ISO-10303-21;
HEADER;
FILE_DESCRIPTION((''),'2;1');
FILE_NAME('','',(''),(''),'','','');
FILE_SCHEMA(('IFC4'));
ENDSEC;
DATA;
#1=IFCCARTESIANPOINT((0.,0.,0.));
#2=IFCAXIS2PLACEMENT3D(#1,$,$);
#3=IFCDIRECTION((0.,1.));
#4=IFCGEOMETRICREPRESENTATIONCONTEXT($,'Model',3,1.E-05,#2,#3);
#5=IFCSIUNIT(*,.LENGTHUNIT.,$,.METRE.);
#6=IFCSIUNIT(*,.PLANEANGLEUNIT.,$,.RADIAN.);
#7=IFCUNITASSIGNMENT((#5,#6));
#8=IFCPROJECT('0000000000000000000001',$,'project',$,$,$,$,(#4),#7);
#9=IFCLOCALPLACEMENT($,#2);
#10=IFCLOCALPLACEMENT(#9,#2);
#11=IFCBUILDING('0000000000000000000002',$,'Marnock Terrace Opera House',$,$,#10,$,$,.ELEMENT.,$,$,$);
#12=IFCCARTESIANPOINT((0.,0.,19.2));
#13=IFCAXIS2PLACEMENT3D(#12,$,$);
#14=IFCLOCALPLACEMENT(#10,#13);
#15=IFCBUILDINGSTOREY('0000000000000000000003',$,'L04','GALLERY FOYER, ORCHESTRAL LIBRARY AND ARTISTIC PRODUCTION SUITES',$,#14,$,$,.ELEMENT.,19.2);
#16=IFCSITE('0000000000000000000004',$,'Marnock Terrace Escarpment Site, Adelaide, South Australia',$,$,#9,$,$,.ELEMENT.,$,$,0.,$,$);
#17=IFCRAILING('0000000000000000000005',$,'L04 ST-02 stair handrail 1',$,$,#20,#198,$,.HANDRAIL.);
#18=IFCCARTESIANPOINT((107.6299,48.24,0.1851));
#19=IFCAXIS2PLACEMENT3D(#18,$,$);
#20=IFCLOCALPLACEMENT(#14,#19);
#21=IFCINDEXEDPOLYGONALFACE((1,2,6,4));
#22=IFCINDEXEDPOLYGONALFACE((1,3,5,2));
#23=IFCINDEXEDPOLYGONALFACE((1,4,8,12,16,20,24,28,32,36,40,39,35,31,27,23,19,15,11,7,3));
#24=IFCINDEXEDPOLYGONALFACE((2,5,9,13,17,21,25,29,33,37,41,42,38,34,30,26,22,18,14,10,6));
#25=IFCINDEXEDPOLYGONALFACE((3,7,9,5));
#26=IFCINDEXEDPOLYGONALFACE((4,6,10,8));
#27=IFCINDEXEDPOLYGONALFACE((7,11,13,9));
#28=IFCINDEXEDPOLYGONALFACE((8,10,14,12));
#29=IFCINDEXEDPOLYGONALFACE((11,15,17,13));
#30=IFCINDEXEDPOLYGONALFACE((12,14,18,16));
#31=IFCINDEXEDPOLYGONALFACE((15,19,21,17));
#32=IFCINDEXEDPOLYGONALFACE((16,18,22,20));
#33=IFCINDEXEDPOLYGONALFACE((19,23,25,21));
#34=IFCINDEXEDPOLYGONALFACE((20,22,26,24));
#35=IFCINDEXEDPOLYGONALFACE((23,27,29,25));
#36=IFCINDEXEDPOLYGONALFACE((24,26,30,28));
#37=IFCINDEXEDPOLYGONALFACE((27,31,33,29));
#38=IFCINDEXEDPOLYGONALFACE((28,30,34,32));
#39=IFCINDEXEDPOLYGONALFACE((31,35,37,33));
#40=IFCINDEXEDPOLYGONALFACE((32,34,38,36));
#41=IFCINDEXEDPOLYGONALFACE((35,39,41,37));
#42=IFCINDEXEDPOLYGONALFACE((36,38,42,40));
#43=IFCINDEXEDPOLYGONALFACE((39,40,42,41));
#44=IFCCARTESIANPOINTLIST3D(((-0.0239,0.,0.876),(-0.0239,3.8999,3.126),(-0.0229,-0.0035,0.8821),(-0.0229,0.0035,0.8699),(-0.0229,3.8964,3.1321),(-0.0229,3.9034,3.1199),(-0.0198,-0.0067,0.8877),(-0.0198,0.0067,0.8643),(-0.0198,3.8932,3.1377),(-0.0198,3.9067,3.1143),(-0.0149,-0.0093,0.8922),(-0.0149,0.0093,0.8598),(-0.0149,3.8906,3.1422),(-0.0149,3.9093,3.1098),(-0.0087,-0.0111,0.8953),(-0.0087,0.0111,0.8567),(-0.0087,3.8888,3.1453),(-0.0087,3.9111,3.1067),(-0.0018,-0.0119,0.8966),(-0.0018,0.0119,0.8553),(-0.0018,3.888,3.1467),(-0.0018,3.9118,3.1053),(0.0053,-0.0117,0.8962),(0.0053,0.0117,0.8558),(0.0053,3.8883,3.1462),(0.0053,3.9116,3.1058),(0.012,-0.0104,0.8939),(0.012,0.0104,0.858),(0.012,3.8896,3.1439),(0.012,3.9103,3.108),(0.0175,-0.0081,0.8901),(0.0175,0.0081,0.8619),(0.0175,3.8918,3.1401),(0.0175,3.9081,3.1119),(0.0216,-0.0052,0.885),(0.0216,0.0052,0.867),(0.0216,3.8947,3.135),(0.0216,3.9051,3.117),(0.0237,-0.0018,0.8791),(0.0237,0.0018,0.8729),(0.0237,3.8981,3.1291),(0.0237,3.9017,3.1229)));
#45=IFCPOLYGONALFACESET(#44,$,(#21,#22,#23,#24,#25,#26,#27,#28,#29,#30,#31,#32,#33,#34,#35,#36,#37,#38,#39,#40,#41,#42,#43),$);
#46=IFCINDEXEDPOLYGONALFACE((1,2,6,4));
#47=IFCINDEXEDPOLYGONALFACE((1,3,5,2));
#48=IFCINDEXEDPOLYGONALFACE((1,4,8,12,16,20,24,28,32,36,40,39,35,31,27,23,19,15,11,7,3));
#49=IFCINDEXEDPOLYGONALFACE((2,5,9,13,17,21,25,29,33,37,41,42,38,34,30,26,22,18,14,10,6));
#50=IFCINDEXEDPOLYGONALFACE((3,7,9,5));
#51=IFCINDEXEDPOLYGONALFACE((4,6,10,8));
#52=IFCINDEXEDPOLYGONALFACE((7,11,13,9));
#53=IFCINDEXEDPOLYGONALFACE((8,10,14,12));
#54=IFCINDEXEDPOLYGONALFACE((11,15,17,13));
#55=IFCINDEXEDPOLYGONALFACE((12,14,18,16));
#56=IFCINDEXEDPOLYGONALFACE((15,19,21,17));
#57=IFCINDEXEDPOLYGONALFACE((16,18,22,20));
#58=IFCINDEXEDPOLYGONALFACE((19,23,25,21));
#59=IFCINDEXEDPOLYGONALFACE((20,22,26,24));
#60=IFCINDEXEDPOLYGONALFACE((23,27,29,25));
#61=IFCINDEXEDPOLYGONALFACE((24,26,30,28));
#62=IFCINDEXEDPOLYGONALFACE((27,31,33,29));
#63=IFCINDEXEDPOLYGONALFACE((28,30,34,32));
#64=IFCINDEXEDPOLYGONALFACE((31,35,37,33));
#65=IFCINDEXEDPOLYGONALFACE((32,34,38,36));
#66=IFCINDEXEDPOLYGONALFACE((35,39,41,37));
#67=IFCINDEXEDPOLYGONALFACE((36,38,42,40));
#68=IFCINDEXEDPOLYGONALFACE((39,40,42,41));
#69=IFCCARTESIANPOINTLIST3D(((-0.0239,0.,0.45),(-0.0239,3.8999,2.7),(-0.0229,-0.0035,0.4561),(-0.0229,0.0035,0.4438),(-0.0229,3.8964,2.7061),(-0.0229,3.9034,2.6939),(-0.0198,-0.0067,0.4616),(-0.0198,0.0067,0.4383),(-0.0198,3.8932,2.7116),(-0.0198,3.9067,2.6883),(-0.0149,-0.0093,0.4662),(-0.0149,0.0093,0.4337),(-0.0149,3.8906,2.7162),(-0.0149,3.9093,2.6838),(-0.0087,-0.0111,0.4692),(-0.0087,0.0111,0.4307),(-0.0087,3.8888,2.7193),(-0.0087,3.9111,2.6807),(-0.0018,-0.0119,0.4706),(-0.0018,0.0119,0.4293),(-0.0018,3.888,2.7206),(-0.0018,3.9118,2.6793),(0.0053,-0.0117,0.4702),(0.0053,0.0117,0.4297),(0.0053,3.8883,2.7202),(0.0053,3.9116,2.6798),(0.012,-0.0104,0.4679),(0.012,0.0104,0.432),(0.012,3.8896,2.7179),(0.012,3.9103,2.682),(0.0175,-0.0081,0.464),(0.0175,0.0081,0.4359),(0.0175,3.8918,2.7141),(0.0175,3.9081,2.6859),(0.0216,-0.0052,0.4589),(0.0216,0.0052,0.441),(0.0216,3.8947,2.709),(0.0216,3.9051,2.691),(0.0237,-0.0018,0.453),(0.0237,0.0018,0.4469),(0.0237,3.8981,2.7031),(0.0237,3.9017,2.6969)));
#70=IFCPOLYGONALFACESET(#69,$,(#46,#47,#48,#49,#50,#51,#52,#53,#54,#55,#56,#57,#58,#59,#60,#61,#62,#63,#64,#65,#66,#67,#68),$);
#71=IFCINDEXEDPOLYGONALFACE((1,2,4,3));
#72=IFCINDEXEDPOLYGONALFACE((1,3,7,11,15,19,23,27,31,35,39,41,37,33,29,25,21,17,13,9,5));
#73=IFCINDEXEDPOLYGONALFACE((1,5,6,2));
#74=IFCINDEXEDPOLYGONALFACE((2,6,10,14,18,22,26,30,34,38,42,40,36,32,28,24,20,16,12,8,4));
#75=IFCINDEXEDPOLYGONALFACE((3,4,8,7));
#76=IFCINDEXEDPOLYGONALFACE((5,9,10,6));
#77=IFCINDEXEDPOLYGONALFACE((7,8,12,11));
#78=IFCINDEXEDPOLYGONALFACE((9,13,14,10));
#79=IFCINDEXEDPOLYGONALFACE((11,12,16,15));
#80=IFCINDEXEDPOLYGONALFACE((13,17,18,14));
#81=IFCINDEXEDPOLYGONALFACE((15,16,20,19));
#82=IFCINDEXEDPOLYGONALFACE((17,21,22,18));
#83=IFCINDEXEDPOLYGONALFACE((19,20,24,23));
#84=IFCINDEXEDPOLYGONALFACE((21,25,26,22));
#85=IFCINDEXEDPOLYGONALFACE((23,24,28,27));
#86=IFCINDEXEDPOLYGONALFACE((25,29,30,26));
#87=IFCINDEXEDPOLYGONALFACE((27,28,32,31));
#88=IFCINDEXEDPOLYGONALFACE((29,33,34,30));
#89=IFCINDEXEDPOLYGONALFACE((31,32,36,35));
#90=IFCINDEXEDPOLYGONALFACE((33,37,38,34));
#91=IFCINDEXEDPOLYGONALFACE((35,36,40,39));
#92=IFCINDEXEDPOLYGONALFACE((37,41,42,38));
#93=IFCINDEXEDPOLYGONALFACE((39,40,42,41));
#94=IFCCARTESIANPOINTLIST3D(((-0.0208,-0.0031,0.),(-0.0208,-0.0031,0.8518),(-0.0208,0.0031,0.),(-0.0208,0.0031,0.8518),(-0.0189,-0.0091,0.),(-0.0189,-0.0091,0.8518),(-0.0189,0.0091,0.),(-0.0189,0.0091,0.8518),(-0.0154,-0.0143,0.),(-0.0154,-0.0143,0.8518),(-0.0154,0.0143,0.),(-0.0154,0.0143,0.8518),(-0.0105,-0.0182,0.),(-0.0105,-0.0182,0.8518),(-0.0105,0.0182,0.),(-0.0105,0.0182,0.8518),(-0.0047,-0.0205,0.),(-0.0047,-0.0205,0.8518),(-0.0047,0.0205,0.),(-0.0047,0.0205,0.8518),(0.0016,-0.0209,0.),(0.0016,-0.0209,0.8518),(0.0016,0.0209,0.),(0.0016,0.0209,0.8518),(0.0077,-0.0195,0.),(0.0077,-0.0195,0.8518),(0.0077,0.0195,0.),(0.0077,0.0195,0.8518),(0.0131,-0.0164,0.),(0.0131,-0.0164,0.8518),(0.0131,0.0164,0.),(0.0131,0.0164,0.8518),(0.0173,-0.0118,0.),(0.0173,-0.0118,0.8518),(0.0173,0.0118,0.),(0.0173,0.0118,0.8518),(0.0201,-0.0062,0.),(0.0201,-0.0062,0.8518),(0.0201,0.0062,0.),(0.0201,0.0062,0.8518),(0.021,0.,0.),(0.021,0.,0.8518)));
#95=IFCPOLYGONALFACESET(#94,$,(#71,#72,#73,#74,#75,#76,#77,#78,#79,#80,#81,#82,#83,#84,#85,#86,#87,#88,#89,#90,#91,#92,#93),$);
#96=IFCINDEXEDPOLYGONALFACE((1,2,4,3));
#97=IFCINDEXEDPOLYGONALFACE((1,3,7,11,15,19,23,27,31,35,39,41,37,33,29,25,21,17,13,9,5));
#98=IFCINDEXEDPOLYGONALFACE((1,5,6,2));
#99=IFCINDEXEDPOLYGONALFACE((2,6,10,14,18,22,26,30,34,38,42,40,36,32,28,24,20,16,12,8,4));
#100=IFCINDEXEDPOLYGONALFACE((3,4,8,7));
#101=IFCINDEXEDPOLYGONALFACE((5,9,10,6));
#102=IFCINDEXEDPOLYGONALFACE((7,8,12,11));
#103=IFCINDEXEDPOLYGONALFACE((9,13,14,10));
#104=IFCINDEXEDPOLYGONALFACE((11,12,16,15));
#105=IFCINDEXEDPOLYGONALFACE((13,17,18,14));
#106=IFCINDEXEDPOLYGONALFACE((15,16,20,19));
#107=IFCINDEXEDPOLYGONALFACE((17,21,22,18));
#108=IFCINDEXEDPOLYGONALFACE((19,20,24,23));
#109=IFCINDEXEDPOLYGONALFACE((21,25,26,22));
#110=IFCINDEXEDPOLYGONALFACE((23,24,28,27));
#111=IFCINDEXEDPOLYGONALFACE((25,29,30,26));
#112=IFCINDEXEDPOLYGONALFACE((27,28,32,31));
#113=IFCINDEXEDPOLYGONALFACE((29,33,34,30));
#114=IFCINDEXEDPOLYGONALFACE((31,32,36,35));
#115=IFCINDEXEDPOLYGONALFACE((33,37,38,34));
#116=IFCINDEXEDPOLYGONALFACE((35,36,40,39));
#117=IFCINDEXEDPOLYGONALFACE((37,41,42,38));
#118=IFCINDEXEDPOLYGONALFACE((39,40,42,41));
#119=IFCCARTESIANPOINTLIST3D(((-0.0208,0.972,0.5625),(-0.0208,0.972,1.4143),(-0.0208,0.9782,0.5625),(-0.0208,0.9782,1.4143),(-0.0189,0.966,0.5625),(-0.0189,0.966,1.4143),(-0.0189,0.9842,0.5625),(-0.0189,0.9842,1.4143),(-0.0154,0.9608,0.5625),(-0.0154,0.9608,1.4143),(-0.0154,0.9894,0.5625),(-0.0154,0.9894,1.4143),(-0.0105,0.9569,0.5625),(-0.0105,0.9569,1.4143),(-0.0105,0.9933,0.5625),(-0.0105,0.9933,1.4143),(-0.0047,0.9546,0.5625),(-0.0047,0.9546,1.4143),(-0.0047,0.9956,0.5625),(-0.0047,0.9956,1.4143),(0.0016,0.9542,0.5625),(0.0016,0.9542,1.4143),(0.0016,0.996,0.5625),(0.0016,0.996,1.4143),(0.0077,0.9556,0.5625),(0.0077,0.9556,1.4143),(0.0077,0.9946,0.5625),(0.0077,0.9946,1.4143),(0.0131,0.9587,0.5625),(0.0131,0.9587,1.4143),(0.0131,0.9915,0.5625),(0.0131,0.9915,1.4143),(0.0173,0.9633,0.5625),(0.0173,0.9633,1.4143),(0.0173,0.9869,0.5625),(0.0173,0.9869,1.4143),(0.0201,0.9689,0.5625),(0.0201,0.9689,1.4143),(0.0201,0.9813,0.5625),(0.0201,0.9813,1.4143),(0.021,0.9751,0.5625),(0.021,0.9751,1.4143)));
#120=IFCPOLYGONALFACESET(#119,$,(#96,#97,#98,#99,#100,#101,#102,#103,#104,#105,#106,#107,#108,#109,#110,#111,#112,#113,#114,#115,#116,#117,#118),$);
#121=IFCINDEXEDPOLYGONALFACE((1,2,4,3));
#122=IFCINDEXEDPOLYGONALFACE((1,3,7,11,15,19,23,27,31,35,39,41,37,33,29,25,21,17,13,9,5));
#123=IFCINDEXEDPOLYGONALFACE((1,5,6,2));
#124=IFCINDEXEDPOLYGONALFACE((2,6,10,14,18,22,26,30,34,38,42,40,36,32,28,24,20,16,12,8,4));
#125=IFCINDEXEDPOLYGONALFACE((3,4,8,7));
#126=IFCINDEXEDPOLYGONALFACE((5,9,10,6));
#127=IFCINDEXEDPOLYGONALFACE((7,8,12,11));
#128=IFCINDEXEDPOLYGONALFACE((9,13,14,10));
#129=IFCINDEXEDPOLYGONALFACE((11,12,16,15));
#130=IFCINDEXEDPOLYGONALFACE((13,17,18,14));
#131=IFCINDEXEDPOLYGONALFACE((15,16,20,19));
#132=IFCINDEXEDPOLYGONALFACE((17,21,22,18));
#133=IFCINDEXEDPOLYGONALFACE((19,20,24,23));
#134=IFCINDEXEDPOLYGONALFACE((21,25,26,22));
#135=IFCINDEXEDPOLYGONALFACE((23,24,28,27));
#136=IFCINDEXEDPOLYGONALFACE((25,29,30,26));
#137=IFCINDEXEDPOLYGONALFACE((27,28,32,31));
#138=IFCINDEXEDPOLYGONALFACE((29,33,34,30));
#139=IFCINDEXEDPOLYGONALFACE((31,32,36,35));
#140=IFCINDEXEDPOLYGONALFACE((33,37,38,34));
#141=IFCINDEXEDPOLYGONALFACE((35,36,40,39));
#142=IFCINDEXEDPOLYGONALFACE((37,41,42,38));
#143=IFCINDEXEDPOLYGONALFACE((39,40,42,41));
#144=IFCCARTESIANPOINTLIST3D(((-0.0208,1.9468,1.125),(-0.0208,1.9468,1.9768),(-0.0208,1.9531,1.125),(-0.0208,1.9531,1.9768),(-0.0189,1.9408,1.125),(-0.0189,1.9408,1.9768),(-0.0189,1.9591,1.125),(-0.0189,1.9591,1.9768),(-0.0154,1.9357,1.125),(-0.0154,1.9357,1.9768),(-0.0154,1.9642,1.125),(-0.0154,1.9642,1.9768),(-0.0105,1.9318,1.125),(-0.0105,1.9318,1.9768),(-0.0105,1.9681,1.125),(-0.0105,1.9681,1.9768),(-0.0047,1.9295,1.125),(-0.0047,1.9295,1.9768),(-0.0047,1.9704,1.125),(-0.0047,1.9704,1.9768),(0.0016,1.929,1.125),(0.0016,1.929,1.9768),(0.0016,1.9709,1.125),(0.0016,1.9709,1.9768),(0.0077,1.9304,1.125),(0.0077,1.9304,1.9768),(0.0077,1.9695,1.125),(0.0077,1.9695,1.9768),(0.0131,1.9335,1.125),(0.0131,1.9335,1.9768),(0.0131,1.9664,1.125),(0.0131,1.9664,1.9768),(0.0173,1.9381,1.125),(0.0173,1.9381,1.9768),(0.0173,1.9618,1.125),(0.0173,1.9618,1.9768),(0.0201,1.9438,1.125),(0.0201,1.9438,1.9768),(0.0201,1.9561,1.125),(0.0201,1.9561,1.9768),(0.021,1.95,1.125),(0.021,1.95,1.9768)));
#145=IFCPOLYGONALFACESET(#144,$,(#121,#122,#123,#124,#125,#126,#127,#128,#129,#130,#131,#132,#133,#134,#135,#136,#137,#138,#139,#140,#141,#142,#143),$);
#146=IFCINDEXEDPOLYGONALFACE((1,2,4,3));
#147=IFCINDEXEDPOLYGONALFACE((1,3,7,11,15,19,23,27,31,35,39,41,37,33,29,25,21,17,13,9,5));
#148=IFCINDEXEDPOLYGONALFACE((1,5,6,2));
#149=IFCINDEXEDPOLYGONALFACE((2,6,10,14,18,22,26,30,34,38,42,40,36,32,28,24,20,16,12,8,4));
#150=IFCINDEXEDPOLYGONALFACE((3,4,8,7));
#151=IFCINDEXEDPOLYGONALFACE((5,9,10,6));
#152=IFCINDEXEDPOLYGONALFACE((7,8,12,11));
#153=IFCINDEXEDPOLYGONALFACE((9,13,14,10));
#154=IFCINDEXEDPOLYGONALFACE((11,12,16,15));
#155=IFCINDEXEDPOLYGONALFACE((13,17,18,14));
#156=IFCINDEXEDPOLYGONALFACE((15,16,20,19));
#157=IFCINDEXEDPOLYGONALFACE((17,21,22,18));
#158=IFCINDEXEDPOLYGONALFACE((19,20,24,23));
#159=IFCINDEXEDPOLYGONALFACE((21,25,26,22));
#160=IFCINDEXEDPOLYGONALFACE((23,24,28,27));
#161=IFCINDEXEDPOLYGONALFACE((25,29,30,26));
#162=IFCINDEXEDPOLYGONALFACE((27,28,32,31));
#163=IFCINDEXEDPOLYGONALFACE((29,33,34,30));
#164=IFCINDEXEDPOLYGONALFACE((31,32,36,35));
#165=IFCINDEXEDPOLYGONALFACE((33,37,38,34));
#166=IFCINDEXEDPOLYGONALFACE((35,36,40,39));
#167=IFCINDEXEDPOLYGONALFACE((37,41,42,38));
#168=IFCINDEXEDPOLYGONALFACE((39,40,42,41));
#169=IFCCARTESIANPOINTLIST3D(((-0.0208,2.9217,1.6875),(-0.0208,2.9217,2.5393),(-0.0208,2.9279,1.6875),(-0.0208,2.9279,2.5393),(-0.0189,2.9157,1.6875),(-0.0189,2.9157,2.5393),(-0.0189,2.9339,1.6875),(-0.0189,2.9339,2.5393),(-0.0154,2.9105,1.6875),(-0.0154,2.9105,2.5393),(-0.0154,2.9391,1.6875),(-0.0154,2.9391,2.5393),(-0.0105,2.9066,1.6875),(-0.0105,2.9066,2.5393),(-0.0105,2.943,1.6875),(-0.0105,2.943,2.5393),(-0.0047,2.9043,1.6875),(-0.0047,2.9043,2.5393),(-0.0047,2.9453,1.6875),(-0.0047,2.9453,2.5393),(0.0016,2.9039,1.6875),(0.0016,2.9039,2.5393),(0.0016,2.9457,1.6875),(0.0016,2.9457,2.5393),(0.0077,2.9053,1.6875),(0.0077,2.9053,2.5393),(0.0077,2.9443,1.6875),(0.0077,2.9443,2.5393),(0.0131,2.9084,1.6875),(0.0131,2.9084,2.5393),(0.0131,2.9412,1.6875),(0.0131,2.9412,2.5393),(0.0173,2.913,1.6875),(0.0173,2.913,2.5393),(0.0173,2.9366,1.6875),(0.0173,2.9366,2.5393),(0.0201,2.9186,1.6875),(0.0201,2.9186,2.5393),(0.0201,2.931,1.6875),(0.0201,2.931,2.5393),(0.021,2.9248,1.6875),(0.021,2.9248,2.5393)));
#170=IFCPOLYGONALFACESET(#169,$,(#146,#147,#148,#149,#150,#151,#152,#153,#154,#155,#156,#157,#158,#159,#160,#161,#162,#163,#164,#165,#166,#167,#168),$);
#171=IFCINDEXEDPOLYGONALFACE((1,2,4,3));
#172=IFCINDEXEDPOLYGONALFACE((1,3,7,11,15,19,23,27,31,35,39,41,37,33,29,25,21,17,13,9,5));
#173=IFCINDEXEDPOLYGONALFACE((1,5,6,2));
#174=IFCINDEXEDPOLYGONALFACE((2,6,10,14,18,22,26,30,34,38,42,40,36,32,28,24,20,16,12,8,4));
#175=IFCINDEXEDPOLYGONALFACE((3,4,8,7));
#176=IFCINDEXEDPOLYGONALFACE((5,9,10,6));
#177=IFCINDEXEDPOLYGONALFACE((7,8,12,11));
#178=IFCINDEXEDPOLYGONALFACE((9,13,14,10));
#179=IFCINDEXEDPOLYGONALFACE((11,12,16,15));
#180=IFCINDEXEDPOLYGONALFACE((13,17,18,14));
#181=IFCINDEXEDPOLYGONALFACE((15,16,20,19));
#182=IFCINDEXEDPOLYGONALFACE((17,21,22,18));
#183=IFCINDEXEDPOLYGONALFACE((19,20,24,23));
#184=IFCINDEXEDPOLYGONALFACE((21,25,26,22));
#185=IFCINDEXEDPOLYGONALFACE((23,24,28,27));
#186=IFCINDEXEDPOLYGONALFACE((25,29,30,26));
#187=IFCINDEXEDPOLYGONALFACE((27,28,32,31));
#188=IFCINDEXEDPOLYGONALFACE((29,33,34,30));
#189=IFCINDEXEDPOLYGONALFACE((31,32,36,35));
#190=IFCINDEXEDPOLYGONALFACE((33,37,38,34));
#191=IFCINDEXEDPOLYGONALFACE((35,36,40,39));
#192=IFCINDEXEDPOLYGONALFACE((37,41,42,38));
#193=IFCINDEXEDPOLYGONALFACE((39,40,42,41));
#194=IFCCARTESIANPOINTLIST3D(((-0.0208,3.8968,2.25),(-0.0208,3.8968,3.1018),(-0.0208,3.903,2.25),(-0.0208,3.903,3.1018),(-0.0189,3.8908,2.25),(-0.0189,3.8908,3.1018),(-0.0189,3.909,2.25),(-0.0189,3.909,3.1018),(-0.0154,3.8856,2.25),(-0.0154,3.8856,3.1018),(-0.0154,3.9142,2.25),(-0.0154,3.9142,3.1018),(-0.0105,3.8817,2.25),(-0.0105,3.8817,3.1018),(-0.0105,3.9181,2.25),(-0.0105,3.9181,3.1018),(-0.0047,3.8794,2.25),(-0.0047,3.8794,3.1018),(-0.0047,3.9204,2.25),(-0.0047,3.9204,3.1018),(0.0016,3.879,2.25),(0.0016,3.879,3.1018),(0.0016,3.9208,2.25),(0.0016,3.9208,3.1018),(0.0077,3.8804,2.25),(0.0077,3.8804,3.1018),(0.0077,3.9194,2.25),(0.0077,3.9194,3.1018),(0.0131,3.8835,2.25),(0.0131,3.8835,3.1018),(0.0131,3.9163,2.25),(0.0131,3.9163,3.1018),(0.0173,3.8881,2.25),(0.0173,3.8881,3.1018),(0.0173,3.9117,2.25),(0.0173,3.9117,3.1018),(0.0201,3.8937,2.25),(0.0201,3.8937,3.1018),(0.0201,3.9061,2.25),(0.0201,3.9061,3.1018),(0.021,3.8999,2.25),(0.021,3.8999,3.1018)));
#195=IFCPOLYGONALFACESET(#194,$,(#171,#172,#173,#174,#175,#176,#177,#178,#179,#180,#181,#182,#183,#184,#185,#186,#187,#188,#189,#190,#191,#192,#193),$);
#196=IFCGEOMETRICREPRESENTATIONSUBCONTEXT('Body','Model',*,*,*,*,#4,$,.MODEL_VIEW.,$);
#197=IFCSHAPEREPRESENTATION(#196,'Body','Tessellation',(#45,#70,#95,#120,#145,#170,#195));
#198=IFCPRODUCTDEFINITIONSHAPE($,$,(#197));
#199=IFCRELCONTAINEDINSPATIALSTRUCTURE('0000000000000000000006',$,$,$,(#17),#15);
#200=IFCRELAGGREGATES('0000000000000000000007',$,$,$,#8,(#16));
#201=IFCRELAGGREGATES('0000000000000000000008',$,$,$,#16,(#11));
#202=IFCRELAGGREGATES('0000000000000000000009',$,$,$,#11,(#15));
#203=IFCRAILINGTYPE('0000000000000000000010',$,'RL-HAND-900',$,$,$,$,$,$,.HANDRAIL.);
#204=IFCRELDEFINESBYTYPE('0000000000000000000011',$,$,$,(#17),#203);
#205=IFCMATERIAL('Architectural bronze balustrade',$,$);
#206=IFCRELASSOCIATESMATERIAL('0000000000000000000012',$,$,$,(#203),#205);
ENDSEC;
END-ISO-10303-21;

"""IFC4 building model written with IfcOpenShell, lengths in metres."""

from ifc_helpers import new_model, si_unit, direction, frame, origin, origin_2d, place, context, subcontext, project, spatial, circle, extrude, material, type_object, element, save


model = new_model("IFC4")

# Units and contexts
model_context = context("Model", 3, precision=1e-05, world=origin(), true_north=direction((0.0, 1.0)))
body_context = subcontext(model_context, "Body", "Model", "MODEL_VIEW")
ifc_project = project(units=[si_unit("LENGTHUNIT", "METRE"), si_unit("PLANEANGLEUNIT", "RADIAN")], contexts=[model_context])

# Site, building, storey
site_placement = place(None, origin())
site = spatial("IfcSite", under=ifc_project, at=site_placement, Name="Marnock Terrace Escarpment Site, Adelaide, South Australia", CompositionType="ELEMENT", RefElevation=0.0)
building_placement = place(site_placement, origin())
building = spatial("IfcBuilding", under=site, at=building_placement, Name="Marnock Terrace Opera House", CompositionType="ELEMENT")
storey_placement = place(building_placement, frame((0.0, 0.0, 19.2)))
storey = spatial("IfcBuildingStorey", under=building, at=storey_placement, Name="L04", Description="GALLERY FOYER, ORCHESTRAL LIBRARY AND ARTISTIC PRODUCTION SUITES", CompositionType="ELEMENT", Elevation=19.2)

# Railing
ifc_material_1 = material(Name="Architectural bronze balustrade")
railing_type_1 = type_object("IfcRailingType", Name="RL-HAND-900", PredefinedType="HANDRAIL", material=ifc_material_1)
railing_1_placement = place(storey_placement, frame((107.6299, 48.24, 0.1851)))
element("IfcRailing", 1, at=railing_1_placement, inside=storey, type_object=railing_type_1, Name="L04 ST-02 stair handrail 1", PredefinedType="HANDRAIL", context=body_context, shape_type="SweptSolid", body=[
    extrude(circle(Radius=0.0239, at=origin_2d()), frame((0.0, 0.0, 0.876), z_axis=(0.0, 0.86618, 0.499732), x_axis=(-1.0, 0.0, 0.0)), (0.0, 0.0, 1.0), 4.5024),
    extrude(circle(Radius=0.0239, at=origin_2d()), frame((0.0, 0.0, 0.45), z_axis=(0.0, 0.86618, 0.499732), x_axis=(-1.0, 0.0, 0.0)), (0.0, 0.0, 1.0), 4.5024),
    extrude(circle(Radius=0.021, at=origin_2d()), origin(), (0.0, 0.0, 1.0), 0.8518),
    extrude(circle(Radius=0.021, at=origin_2d()), frame((0.0, 0.9751, 0.5625)), (0.0, 0.0, 1.0), 0.8518),
    extrude(circle(Radius=0.021, at=origin_2d()), frame((0.0, 1.95, 1.125)), (0.0, 0.0, 1.0), 0.8518),
    extrude(circle(Radius=0.021, at=origin_2d()), frame((0.0, 2.9248, 1.6875)), (0.0, 0.0, 1.0), 0.8518),
    extrude(circle(Radius=0.021, at=origin_2d()), frame((0.0, 3.8999, 2.25)), (0.0, 0.0, 1.0), 0.8518),
])

save(model, "model.ifc")
